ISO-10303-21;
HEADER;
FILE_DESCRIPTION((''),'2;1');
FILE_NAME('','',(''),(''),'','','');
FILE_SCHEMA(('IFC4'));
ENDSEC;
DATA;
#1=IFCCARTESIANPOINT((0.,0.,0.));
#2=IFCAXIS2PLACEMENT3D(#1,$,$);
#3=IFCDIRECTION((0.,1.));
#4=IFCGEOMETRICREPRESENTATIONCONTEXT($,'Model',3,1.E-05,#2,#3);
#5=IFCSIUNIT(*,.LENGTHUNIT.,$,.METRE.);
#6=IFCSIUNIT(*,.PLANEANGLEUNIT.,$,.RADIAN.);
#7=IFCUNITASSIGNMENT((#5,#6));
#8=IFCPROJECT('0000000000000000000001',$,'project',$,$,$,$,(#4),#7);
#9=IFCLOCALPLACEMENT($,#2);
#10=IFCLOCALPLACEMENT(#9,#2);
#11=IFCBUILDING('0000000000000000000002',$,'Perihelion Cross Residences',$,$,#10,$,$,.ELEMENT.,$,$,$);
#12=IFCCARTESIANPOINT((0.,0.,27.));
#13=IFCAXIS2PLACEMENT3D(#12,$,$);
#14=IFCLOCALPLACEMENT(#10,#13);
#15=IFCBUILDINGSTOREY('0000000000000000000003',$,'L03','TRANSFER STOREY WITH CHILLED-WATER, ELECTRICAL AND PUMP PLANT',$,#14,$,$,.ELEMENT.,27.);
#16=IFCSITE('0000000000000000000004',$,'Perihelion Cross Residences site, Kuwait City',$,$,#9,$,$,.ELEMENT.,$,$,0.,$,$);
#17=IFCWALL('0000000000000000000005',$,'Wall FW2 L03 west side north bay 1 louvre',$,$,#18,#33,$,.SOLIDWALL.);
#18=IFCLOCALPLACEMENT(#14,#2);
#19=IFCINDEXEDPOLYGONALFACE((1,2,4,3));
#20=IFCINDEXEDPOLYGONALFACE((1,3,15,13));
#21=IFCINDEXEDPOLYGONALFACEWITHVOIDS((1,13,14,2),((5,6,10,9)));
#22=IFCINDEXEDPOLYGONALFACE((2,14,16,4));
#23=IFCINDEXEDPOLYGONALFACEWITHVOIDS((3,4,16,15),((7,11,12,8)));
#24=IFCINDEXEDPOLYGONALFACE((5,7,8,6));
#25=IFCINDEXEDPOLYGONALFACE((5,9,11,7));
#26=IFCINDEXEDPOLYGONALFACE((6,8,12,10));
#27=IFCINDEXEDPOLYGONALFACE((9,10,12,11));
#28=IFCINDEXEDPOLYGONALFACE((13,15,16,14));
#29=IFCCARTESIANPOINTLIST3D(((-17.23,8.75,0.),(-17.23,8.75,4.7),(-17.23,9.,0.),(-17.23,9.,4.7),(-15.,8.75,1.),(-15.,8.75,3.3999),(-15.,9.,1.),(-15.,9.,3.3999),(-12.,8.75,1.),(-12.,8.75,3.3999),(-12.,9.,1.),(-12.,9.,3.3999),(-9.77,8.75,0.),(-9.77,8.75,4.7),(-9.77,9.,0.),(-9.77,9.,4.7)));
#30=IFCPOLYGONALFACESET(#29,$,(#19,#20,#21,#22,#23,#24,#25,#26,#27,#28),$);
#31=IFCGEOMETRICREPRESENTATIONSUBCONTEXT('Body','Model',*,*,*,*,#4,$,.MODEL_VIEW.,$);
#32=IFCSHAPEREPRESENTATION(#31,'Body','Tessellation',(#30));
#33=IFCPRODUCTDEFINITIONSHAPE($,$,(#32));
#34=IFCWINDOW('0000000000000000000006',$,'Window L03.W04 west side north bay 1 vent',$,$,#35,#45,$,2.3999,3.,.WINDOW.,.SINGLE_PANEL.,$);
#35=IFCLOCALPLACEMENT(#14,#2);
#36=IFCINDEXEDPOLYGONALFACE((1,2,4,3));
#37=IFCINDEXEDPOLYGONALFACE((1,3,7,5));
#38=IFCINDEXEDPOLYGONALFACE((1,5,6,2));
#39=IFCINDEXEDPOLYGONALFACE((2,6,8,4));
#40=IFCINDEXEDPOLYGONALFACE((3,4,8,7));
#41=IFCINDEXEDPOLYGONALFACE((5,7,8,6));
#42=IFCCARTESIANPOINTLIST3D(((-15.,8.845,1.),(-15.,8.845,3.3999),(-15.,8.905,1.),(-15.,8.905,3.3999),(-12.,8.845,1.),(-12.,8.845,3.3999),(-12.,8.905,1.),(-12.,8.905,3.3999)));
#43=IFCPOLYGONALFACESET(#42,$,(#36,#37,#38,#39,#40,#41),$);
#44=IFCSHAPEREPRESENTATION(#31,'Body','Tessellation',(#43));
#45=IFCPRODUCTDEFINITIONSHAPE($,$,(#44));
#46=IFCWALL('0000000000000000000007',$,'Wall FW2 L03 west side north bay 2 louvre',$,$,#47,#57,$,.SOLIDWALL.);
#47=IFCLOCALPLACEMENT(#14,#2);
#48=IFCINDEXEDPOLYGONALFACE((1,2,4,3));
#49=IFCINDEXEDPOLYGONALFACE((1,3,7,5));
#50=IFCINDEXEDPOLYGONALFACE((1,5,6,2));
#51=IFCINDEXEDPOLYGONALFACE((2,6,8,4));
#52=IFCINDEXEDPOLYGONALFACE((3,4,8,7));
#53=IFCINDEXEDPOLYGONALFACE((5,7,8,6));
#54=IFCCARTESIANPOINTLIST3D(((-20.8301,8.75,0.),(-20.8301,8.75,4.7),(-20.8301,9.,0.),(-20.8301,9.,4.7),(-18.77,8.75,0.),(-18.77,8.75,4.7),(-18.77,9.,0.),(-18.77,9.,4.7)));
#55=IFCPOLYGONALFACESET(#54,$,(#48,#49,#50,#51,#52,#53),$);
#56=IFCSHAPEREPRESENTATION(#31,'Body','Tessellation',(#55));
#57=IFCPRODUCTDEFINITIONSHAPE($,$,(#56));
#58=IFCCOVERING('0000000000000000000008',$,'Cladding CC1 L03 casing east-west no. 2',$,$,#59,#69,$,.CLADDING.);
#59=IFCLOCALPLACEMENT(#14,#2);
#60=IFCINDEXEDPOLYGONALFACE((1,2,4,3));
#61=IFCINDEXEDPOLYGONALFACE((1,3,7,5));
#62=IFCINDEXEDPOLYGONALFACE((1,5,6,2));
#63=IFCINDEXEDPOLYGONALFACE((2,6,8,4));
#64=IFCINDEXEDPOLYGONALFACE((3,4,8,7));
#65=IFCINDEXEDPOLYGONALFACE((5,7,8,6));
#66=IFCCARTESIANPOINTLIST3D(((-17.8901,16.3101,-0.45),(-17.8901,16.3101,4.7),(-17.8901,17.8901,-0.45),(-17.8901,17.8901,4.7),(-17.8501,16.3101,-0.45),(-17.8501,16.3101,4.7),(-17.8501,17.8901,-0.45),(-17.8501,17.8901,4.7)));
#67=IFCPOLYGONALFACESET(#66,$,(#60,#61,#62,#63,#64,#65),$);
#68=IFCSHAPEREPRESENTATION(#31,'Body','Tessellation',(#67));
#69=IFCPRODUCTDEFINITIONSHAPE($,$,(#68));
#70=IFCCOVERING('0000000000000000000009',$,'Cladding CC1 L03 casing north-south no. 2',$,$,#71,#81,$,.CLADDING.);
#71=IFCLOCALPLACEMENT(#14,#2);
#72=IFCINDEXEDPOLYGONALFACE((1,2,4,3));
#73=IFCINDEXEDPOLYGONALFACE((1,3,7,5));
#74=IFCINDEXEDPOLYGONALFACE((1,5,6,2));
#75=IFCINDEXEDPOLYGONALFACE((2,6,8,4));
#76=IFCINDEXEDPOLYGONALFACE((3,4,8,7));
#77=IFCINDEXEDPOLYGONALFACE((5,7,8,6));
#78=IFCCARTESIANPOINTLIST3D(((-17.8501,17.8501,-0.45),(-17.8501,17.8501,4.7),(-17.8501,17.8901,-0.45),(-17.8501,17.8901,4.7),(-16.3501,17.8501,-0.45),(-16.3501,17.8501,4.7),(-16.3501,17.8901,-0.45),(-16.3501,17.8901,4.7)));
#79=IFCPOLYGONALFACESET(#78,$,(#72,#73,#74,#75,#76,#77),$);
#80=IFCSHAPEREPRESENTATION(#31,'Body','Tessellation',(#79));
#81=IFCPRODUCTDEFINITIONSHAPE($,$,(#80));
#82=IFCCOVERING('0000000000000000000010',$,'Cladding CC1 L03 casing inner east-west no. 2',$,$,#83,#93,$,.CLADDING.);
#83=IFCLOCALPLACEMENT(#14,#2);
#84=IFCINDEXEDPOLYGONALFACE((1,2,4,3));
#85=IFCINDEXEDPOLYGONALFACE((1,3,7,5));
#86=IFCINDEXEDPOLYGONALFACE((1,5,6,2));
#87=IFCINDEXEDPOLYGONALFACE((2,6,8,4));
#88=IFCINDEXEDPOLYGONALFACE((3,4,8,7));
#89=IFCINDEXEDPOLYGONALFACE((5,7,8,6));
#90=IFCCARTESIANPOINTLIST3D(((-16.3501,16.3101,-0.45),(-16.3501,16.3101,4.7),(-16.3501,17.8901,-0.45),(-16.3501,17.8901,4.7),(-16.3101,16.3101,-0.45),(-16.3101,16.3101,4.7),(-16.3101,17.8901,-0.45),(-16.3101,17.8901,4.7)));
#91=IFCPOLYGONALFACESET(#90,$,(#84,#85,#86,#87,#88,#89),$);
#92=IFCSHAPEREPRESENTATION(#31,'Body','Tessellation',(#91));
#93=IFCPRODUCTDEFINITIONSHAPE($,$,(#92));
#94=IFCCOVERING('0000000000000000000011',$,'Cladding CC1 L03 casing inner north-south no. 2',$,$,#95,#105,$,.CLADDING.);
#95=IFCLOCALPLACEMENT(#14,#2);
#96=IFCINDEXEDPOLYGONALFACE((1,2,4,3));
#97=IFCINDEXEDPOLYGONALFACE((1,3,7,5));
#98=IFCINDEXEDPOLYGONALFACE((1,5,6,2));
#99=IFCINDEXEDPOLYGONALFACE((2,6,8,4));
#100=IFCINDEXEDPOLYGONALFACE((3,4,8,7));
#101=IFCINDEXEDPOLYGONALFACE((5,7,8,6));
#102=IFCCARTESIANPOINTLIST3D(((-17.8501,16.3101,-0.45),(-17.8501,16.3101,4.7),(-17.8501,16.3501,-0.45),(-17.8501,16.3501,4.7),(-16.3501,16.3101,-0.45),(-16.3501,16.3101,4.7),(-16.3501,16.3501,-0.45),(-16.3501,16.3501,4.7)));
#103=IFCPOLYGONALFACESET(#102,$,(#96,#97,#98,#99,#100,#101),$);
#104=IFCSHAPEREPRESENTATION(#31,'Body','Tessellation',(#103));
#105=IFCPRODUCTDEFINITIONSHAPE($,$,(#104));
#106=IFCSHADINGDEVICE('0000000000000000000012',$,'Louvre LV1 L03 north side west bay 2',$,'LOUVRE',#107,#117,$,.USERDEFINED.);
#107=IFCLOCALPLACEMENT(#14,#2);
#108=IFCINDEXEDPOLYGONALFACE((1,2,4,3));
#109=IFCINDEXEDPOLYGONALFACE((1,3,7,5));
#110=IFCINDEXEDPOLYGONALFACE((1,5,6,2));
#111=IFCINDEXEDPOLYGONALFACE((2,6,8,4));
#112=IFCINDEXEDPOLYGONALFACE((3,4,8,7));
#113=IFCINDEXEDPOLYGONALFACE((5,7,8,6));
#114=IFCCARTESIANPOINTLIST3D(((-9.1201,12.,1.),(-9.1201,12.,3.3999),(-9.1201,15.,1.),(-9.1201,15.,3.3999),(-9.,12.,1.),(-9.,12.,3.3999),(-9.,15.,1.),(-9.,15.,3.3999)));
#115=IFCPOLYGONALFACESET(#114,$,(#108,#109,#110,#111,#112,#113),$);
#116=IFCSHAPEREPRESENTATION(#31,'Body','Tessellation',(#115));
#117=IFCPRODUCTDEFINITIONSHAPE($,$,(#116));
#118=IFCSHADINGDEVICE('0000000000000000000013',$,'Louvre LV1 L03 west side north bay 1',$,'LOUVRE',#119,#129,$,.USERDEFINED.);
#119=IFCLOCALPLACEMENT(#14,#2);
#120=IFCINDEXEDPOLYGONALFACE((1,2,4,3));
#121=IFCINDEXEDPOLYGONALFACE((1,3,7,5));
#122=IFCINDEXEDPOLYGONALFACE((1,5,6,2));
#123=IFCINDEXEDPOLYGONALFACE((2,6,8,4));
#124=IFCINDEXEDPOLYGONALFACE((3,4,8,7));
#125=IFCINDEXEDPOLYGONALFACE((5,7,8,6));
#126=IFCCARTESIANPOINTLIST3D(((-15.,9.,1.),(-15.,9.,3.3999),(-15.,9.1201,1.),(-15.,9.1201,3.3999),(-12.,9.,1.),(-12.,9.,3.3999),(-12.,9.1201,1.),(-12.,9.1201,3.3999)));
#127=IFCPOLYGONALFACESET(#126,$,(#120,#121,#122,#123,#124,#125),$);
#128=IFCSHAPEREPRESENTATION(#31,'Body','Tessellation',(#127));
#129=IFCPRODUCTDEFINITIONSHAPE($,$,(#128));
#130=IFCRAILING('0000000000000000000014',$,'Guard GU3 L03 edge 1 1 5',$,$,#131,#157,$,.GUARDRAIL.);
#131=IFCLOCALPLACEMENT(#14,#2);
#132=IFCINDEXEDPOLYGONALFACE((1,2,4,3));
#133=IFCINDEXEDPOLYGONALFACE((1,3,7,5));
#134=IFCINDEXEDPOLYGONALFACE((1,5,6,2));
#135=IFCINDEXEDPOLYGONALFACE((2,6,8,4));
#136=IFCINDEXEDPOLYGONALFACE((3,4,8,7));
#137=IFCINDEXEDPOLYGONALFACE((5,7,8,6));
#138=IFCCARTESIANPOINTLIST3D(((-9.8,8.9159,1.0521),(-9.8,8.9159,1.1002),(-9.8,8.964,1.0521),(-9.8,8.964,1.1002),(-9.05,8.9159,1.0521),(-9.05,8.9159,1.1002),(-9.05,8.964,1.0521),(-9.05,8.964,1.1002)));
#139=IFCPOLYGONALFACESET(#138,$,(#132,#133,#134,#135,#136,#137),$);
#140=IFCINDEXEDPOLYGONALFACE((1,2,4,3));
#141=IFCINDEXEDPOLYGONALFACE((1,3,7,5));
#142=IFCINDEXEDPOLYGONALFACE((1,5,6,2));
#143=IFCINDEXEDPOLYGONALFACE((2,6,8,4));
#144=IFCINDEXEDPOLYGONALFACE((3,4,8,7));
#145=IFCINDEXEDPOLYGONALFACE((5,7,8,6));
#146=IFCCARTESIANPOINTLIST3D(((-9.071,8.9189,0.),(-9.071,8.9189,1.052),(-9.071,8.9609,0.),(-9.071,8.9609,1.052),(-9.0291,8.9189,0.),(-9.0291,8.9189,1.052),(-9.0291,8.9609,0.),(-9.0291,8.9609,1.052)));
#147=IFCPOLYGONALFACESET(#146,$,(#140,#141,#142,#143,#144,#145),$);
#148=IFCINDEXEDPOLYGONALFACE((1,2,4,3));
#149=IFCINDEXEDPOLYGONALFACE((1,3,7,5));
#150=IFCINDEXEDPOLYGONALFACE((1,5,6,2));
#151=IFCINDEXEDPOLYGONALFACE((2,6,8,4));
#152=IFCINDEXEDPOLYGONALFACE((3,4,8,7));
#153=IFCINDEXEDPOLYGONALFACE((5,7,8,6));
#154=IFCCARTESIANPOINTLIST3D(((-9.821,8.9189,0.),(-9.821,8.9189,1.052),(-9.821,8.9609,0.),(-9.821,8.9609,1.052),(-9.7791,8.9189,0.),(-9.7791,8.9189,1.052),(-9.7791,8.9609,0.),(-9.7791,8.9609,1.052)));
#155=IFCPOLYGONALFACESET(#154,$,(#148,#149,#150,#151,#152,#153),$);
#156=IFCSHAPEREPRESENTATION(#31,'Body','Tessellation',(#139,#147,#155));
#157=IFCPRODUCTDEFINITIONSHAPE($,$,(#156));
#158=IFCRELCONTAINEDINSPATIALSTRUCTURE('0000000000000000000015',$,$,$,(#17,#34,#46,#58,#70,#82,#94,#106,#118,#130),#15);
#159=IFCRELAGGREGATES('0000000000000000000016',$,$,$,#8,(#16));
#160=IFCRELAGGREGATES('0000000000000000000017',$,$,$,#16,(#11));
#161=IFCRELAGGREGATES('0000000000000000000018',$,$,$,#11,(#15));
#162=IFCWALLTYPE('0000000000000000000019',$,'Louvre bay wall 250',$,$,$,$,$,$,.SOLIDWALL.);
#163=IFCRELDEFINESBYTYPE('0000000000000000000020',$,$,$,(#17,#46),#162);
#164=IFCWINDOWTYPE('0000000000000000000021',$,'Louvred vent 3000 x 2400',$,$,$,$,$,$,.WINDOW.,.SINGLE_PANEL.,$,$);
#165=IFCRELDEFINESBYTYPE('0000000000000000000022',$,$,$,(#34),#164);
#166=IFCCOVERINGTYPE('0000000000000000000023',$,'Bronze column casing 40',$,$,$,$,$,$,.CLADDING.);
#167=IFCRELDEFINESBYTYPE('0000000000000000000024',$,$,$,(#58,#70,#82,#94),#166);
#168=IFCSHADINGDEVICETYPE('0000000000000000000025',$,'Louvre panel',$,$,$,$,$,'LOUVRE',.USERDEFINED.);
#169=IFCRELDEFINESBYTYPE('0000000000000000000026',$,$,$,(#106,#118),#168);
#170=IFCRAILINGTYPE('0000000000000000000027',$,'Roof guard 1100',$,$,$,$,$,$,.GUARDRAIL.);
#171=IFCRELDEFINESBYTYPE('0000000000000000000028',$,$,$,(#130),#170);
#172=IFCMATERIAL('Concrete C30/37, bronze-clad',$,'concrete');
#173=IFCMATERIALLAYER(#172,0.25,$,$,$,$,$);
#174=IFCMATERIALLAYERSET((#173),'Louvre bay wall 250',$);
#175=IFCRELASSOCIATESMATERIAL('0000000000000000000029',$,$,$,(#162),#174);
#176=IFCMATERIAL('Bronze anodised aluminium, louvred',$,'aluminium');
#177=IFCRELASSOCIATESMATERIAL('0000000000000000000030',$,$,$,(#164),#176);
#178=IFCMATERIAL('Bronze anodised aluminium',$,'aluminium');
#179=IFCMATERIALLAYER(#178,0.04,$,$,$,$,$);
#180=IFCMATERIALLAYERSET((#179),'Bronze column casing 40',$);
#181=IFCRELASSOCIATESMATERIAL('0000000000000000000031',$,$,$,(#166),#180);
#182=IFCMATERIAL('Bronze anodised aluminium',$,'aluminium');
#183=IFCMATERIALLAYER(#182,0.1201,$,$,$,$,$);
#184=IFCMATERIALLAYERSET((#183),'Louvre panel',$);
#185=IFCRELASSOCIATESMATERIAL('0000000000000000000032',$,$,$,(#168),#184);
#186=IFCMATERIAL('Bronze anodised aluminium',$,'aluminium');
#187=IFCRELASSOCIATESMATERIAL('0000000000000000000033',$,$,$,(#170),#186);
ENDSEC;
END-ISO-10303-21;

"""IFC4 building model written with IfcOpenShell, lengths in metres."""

from ifc_helpers import new_model, si_unit, direction, frame, frame_2d, origin, origin_2d, place, context, subcontext, project, spatial, rectangle, extrude, material, layer, layer_set, type_object, element, fill, save


model = new_model("IFC4")

# Units and contexts
model_context = context("Model", 3, precision=1e-05, world=origin(), true_north=direction((0.0, 1.0)))
body_context = subcontext(model_context, "Body", "Model", "MODEL_VIEW")
ifc_project = project(units=[si_unit("LENGTHUNIT", "METRE"), si_unit("PLANEANGLEUNIT", "RADIAN")], contexts=[model_context])

# Site, building, storey
site_placement = place(None, origin())
site = spatial("IfcSite", under=ifc_project, at=site_placement, Name="Perihelion Cross Residences site, Kuwait City", CompositionType="ELEMENT", RefElevation=0.0)
building_placement = place(site_placement, origin())
building = spatial("IfcBuilding", under=site, at=building_placement, Name="Perihelion Cross Residences", CompositionType="ELEMENT")
storey_placement = place(building_placement, frame((0.0, 0.0, 27.0)))
storey = spatial("IfcBuildingStorey", under=building, at=storey_placement, Name="L03", Description="TRANSFER STOREY WITH CHILLED-WATER, ELECTRICAL AND PUMP PLANT", CompositionType="ELEMENT", Elevation=27.0)

# Wall, opening, window
ifc_material_1 = material(Name="Concrete C30/37, bronze-clad", Category="concrete")
ifc_layer_1 = layer(ifc_material_1, 0.25)
ifc_layer_set_1 = layer_set([ifc_layer_1], Name="Louvre bay wall 250")
wall_type_1 = type_object("IfcWallType", Name="Louvre bay wall 250", PredefinedType="SOLIDWALL", material=ifc_layer_set_1)
wall_1_placement = place(storey_placement, frame((-9.77, 8.875, 0.0), z_axis=(0.0, 0.0, 1.0), x_axis=(-1.0, 0.0, 0.0)))
wall_1 = element("IfcWall", 1, at=wall_1_placement, inside=storey, type_object=wall_type_1, Name="Wall FW2 L03 west side north bay 1 louvre", PredefinedType="SOLIDWALL", context=body_context, shape_type="SweptSolid", body=[
    extrude(rectangle(XDim=7.46, YDim=0.25, at=frame_2d((3.73, 0.0))), origin(), (0.0, 0.0, 1.0), 4.7),
])
opening_1_placement = place(wall_1_placement, frame((2.23, 0.0, 1.0)))
opening_1 = element("IfcOpeningElement", 2, at=opening_1_placement, cuts=wall_1, PredefinedType="OPENING", context=body_context, shape_type="SweptSolid", body=[
    extrude(rectangle(XDim=3.0, YDim=2.3999, at=frame_2d((1.5, 1.2))), frame((0.0, 0.135, 0.0), z_axis=(0.0, -1.0, 0.0), x_axis=(1.0, 0.0, 0.0)), (0.0, 0.0, 1.0), 0.27),
])
ifc_material_2 = material(Name="Bronze anodised aluminium, louvred", Category="aluminium")
window_type = type_object("IfcWindowType", Name="Louvred vent 3000 x 2400", PartitioningType="SINGLE_PANEL", PredefinedType="WINDOW", material=ifc_material_2)
window_placement = place(opening_1_placement, origin())
window = element("IfcWindow", 3, at=window_placement, inside=storey, type_object=window_type, Name="Window L03.W04 west side north bay 1 vent", OverallHeight=2.3999, OverallWidth=3.0, PartitioningType="SINGLE_PANEL", PredefinedType="WINDOW", context=body_context, shape_type="SweptSolid", body=[
    extrude(rectangle(XDim=3.0, YDim=2.3999, at=frame_2d((1.5, 1.2))), frame((0.0, 0.03, 0.0), z_axis=(0.0, -1.0, 0.0), x_axis=(1.0, 0.0, 0.0)), (0.0, 0.0, 1.0), 0.0601),
])
fill(opening_1, window)

# Wall
wall_2_placement = place(storey_placement, frame((-18.77, 8.875, 0.0), z_axis=(0.0, 0.0, 1.0), x_axis=(-1.0, 0.0, 0.0)))
element("IfcWall", 4, at=wall_2_placement, inside=storey, type_object=wall_type_1, Name="Wall FW2 L03 west side north bay 2 louvre", PredefinedType="SOLIDWALL", context=body_context, shape_type="SweptSolid", body=[
    extrude(rectangle(XDim=2.0601, YDim=0.25, at=frame_2d((1.03, 0.0))), origin(), (0.0, 0.0, 1.0), 4.7),
])

# Coverings
ifc_material_3 = material(Name="Bronze anodised aluminium", Category="aluminium")
ifc_layer_2 = layer(ifc_material_3, 0.04)
ifc_layer_set_2 = layer_set([ifc_layer_2], Name="Bronze column casing 40")
covering_type = type_object("IfcCoveringType", Name="Bronze column casing 40", PredefinedType="CLADDING", material=ifc_layer_set_2)
covering_1_placement = place(storey_placement, frame((-17.8701, 17.1001, -0.45), z_axis=(0.0, 0.0, 1.0), x_axis=(1.0, 0.0, 0.0)))
element("IfcCovering", 5, at=covering_1_placement, inside=storey, type_object=covering_type, Name="Cladding CC1 L03 casing east-west no. 2", PredefinedType="CLADDING", context=body_context, shape_type="SweptSolid", body=[
    extrude(rectangle(XDim=0.04, YDim=1.5801, at=origin_2d()), origin(), (0.0, 0.0, 1.0), 5.1499),
])
covering_2_placement = place(storey_placement, frame((-17.1001, 17.8701, -0.45), z_axis=(0.0, 0.0, 1.0), x_axis=(1.0, 0.0, 0.0)))
element("IfcCovering", 6, at=covering_2_placement, inside=storey, type_object=covering_type, Name="Cladding CC1 L03 casing north-south no. 2", PredefinedType="CLADDING", context=body_context, shape_type="SweptSolid", body=[
    extrude(rectangle(XDim=1.5, YDim=0.04, at=origin_2d()), origin(), (0.0, 0.0, 1.0), 5.1499),
])
covering_3_placement = place(storey_placement, frame((-16.3301, 17.1001, -0.45), z_axis=(0.0, 0.0, 1.0), x_axis=(1.0, 0.0, 0.0)))
element("IfcCovering", 7, at=covering_3_placement, inside=storey, type_object=covering_type, Name="Cladding CC1 L03 casing inner east-west no. 2", PredefinedType="CLADDING", context=body_context, shape_type="SweptSolid", body=[
    extrude(rectangle(XDim=0.04, YDim=1.5801, at=origin_2d()), origin(), (0.0, 0.0, 1.0), 5.1499),
])
covering_4_placement = place(storey_placement, frame((-17.1001, 16.3301, -0.45), z_axis=(0.0, 0.0, 1.0), x_axis=(1.0, 0.0, 0.0)))
element("IfcCovering", 8, at=covering_4_placement, inside=storey, type_object=covering_type, Name="Cladding CC1 L03 casing inner north-south no. 2", PredefinedType="CLADDING", context=body_context, shape_type="SweptSolid", body=[
    extrude(rectangle(XDim=1.5, YDim=0.04, at=origin_2d()), origin(), (0.0, 0.0, 1.0), 5.1499),
])

# Shading devices
ifc_material_4 = material(Name="Bronze anodised aluminium", Category="aluminium")
ifc_layer_3 = layer(ifc_material_4, 0.1201)
ifc_layer_set_3 = layer_set([ifc_layer_3], Name="Louvre panel")
shading_device_type = type_object("IfcShadingDeviceType", Name="Louvre panel", ElementType="LOUVRE", PredefinedType="USERDEFINED", material=ifc_layer_set_3)
for number, where, z_axis, x_axis, name in (
    (9, (-9.0601, 13.5, 1.0), (0.0, 0.0, 1.0), (0.0, -1.0, 0.0), "Louvre LV1 L03 north side west bay 2"),
    (10, (-13.5, 9.0601, 1.0), (0.0, 0.0, 1.0), (-1.0, 0.0, 0.0), "Louvre LV1 L03 west side north bay 1"),
):
    element("IfcShadingDevice", number, at=place(storey_placement, frame(where, z_axis=z_axis, x_axis=x_axis)), inside=storey, type_object=shading_device_type, Name=name, ObjectType="LOUVRE", PredefinedType="USERDEFINED", context=body_context, shape_type="SweptSolid", body=[
        extrude(rectangle(XDim=3.0, YDim=0.1201, at=origin_2d()), origin(), (0.0, 0.0, 1.0), 2.3999),
    ])

# Railing
ifc_material_5 = material(Name="Bronze anodised aluminium", Category="aluminium")
railing_type_1 = type_object("IfcRailingType", Name="Roof guard 1100", PredefinedType="GUARDRAIL", material=ifc_material_5)
railing_1_placement = place(storey_placement, frame((-9.05, 8.9399, 0.0)))
element("IfcRailing", 11, at=railing_1_placement, inside=storey, type_object=railing_type_1, Name="Guard GU3 L03 edge 1 1 5", PredefinedType="GUARDRAIL", context=body_context, shape_type="SweptSolid", body=[
    extrude(rectangle(XDim=0.0481, YDim=0.0481, at=origin_2d()), frame((0.0, 0.0, 1.0762), z_axis=(-1.0, 0.0, 0.0), x_axis=(0.0, -1.0, 0.0)), (0.0, 0.0, 1.0), 0.75),
    extrude(rectangle(XDim=0.042, YDim=0.042, at=origin_2d()), origin(), (0.0, 0.0, 1.0), 1.052),
    extrude(rectangle(XDim=0.042, YDim=0.042, at=origin_2d()), frame((-0.75, 0.0, 0.0)), (0.0, 0.0, 1.0), 1.052),
])

save(model, "model.ifc")
